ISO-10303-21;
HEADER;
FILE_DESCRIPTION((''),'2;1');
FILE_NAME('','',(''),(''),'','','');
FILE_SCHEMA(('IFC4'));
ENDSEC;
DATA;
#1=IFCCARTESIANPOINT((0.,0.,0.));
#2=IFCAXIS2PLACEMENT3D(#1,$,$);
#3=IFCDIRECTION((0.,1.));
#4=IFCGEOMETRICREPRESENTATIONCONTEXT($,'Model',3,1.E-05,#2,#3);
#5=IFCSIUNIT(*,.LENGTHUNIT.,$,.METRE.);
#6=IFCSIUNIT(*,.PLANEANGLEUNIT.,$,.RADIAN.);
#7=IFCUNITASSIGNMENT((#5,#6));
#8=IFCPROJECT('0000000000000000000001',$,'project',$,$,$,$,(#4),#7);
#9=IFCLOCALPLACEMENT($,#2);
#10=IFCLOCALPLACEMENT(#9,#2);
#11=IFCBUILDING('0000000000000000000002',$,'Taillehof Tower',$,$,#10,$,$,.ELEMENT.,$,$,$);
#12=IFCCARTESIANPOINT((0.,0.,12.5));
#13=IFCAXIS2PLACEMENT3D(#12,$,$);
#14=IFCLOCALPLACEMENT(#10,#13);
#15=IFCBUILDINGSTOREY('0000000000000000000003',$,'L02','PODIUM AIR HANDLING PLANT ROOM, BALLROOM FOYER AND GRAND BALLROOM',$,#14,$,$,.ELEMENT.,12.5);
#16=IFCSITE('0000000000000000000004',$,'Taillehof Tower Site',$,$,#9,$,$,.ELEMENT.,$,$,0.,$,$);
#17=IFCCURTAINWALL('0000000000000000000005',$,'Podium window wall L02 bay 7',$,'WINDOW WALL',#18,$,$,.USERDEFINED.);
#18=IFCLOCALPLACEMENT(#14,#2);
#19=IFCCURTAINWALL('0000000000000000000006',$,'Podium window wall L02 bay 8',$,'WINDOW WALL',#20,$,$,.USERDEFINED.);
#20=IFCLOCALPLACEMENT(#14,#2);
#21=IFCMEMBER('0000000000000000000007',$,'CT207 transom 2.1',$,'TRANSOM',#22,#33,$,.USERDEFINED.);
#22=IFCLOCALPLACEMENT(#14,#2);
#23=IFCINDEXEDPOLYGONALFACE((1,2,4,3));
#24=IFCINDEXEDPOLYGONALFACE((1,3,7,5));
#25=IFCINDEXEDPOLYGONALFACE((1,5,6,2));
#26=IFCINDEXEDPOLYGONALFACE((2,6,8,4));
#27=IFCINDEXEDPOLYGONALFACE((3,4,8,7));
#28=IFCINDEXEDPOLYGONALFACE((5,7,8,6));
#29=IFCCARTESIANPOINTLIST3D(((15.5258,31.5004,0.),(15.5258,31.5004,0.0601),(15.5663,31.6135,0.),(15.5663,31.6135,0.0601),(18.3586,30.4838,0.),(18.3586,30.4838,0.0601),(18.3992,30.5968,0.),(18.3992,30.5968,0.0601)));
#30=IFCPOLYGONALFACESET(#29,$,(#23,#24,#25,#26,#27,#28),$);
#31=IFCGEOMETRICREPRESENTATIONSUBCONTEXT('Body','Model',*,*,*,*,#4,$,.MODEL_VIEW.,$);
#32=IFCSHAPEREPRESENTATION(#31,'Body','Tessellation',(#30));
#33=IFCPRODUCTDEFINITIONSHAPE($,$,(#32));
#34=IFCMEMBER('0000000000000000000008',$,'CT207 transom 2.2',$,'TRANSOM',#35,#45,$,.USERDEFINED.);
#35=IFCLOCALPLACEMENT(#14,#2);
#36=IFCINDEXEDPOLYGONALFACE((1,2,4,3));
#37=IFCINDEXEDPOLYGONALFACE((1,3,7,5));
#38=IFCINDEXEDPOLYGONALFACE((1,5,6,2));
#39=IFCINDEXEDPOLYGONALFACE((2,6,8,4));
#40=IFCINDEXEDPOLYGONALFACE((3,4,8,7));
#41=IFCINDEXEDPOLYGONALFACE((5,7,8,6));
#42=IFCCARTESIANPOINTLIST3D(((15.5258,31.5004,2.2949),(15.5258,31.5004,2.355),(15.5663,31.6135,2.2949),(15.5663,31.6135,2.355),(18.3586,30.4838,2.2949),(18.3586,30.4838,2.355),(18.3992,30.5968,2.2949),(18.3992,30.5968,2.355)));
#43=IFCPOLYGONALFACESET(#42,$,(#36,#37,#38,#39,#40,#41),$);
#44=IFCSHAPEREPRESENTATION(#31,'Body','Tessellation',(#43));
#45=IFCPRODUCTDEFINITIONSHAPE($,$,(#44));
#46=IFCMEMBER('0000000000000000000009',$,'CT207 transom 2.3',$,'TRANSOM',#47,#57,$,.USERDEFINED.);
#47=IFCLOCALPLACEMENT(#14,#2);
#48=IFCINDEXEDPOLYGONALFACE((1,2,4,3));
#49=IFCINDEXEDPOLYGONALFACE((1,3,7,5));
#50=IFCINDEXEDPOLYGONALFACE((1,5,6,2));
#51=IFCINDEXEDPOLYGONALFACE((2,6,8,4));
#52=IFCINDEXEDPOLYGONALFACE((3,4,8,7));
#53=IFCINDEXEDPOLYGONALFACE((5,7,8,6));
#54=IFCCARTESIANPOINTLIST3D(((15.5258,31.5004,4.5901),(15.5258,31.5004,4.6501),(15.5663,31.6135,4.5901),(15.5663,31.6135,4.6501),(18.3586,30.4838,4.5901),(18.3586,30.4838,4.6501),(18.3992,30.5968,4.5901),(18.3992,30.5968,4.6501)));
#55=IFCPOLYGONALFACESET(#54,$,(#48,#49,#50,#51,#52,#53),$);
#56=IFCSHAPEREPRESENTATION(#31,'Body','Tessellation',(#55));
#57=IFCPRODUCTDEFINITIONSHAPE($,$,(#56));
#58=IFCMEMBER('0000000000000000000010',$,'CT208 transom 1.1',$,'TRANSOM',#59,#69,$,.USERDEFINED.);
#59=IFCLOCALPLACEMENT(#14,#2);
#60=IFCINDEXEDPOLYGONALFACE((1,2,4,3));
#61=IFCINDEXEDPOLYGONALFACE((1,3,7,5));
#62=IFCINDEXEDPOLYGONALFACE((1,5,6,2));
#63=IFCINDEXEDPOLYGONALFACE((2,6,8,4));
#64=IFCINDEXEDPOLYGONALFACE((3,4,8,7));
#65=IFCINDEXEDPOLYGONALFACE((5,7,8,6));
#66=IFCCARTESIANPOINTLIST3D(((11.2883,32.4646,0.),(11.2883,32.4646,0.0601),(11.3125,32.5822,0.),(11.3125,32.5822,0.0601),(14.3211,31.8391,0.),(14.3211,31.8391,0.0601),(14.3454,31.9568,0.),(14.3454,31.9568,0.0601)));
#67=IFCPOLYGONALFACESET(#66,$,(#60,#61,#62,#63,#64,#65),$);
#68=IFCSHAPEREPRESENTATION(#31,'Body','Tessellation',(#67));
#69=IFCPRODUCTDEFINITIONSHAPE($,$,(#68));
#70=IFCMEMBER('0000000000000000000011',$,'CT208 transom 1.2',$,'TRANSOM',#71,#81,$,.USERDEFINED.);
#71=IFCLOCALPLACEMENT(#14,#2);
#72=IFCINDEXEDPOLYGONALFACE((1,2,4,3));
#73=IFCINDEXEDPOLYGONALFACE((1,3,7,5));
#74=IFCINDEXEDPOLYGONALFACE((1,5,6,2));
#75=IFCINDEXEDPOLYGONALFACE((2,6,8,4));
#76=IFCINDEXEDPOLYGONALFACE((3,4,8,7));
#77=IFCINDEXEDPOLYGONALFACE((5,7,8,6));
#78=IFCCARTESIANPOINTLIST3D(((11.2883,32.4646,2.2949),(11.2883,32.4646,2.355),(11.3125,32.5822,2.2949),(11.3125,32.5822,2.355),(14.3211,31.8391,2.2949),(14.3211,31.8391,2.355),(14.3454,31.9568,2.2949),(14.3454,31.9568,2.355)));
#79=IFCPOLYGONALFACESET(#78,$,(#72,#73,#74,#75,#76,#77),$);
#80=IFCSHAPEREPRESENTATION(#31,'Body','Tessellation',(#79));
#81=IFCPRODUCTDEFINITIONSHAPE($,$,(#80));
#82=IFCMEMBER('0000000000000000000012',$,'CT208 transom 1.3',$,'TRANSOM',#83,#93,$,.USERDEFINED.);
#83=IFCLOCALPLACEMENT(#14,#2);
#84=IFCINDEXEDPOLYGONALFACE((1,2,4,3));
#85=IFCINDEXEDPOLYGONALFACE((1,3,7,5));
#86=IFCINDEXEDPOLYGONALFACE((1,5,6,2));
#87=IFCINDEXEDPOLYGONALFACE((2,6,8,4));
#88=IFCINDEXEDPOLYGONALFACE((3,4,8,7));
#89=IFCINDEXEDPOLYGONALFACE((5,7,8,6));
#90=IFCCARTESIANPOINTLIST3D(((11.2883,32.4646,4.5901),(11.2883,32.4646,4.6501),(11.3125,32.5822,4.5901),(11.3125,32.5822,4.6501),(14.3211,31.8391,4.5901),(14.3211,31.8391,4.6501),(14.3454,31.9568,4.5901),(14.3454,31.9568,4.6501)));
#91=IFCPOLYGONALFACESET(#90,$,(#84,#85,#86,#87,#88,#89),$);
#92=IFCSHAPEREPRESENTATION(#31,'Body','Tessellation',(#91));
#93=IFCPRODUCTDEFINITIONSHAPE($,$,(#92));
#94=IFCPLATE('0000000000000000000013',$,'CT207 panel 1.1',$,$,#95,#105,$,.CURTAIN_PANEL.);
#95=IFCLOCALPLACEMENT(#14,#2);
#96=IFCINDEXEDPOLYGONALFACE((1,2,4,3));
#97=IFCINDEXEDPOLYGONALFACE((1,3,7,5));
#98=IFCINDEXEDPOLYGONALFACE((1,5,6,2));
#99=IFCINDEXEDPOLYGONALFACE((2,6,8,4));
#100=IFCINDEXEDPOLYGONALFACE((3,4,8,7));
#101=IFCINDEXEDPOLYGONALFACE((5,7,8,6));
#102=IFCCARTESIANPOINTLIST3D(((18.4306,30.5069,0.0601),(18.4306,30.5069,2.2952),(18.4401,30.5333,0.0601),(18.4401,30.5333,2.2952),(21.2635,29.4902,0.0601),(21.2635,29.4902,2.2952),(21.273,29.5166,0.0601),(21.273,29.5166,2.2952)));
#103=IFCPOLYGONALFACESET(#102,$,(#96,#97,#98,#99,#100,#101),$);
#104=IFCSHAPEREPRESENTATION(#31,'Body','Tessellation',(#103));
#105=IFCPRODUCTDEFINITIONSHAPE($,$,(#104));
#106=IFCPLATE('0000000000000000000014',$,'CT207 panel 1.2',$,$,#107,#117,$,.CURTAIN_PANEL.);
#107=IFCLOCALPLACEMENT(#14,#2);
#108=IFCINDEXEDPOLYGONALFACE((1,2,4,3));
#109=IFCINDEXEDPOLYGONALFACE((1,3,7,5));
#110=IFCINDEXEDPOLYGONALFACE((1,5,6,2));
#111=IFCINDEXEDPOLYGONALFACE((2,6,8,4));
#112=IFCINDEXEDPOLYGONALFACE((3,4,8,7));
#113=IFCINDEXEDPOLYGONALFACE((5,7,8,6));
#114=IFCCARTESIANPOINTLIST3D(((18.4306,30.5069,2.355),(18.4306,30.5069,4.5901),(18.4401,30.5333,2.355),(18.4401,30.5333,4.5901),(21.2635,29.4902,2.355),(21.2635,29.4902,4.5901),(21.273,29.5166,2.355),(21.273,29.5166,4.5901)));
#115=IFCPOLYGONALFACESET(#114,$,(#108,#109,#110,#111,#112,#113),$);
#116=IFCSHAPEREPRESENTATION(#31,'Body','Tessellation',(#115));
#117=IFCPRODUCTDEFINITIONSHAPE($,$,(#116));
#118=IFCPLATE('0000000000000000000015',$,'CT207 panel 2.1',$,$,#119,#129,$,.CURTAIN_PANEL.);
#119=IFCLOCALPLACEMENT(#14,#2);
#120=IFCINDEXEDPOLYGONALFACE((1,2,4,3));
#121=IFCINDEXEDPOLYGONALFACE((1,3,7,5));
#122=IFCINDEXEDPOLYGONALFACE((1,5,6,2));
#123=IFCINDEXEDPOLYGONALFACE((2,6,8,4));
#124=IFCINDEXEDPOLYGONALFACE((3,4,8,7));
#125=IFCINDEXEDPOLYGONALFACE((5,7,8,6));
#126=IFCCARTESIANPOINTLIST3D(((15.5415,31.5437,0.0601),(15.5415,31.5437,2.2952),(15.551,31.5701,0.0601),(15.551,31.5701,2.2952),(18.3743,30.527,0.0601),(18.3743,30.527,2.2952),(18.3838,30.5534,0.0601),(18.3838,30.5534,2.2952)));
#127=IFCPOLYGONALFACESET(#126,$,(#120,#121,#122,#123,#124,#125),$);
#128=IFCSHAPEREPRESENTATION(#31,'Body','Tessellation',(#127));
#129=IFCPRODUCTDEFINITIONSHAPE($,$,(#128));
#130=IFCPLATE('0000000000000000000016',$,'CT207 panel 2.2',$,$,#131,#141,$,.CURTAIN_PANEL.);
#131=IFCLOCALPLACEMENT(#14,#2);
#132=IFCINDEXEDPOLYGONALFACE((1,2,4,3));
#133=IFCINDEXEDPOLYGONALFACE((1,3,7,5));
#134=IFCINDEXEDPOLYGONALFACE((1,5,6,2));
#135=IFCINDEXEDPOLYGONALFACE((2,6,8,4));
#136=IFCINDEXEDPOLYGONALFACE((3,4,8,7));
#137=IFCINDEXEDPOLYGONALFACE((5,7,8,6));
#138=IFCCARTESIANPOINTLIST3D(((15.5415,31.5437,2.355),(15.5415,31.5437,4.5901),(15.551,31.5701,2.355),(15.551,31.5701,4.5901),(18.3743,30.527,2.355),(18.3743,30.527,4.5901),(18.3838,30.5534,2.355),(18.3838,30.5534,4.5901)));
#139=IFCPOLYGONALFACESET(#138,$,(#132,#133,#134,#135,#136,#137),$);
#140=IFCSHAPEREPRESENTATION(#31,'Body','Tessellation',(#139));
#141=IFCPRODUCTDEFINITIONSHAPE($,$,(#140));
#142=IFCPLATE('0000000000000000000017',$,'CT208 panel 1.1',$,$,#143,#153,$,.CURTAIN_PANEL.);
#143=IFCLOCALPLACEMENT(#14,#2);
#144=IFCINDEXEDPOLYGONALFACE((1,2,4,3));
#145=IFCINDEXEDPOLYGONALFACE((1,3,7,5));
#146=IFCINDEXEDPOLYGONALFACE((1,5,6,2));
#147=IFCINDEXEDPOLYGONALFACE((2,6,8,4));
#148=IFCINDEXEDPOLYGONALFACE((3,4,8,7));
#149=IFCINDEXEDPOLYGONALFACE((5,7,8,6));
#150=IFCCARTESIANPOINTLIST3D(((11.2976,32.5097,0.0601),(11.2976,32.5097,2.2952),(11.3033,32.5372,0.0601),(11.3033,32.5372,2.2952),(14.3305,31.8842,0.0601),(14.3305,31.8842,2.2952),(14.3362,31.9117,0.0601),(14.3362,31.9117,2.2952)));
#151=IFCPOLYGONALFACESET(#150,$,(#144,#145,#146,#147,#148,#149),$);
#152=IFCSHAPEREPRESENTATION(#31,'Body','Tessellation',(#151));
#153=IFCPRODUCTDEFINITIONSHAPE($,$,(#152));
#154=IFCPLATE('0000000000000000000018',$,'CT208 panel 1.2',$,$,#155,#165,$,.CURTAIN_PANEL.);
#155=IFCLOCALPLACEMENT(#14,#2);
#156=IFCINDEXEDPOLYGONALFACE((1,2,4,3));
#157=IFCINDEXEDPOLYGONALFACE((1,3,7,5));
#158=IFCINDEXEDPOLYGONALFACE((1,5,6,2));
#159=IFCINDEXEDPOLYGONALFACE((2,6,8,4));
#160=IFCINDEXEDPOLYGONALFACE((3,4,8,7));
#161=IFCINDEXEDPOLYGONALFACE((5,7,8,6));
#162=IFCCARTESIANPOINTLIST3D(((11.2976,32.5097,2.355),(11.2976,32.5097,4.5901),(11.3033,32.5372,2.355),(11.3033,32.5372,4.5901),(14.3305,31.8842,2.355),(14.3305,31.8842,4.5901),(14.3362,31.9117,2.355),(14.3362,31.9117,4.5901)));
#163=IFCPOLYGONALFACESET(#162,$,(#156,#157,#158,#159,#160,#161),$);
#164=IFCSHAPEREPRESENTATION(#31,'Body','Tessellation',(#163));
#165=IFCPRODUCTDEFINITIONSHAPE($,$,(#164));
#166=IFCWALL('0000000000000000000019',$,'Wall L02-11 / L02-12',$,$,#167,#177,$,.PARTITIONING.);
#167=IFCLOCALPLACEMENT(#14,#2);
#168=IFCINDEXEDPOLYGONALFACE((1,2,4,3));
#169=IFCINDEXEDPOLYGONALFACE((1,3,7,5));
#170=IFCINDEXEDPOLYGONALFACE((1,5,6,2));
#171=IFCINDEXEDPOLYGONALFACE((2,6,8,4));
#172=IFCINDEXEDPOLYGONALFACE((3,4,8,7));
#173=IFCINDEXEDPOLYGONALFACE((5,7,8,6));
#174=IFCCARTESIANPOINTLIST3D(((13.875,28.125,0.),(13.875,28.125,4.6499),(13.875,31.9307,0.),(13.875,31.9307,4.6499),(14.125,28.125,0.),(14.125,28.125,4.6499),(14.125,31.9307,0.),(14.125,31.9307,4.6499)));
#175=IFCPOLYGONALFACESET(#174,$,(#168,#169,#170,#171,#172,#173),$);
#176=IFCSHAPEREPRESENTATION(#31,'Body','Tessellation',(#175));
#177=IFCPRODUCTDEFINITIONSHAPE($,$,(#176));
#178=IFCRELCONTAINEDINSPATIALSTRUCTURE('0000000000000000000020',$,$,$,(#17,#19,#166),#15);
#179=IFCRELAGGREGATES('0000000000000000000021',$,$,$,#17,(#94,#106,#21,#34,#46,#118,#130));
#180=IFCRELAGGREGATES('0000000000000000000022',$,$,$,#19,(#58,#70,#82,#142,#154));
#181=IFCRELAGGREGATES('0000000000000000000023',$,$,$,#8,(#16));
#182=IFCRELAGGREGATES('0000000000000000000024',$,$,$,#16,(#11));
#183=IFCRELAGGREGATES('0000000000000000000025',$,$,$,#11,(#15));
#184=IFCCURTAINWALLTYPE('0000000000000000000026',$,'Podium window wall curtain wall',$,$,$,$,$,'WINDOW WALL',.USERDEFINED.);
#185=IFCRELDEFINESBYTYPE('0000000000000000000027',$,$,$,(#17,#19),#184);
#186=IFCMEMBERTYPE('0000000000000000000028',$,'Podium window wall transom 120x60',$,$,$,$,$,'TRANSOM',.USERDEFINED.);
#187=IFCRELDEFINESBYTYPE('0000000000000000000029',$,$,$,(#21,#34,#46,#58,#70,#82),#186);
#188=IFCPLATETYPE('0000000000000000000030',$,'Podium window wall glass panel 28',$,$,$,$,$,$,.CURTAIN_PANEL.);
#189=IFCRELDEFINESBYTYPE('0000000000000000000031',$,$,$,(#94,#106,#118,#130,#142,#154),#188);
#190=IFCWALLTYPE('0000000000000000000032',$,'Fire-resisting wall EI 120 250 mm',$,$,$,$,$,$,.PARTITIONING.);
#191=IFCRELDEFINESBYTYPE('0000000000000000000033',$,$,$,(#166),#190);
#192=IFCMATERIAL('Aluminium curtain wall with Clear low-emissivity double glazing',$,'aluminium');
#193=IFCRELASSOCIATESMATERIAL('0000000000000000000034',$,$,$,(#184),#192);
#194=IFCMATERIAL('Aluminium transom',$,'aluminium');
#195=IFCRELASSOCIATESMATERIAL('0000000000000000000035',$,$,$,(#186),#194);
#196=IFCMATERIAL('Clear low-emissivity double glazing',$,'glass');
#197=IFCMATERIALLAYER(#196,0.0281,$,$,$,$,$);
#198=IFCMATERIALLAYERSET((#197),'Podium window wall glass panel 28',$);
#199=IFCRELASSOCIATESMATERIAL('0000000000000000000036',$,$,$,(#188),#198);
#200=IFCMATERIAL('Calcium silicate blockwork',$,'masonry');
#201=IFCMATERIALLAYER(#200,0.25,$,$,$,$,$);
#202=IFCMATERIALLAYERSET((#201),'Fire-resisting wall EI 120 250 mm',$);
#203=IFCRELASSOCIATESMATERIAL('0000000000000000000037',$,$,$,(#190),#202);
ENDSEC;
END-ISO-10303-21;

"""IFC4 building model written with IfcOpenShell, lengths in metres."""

from ifc_helpers import new_model, si_unit, direction, frame, frame_2d, origin, origin_2d, place, context, subcontext, project, spatial, rectangle, extrude, material, layer, layer_set, material_profile, profile_set, type_object, element, aggregate, save


model = new_model("IFC4")

# Units and contexts
model_context = context("Model", 3, precision=1e-05, world=origin(), true_north=direction((0.0, 1.0)))
body_context = subcontext(model_context, "Body", "Model", "MODEL_VIEW")
ifc_project = project(units=[si_unit("LENGTHUNIT", "METRE"), si_unit("PLANEANGLEUNIT", "RADIAN")], contexts=[model_context])

# Site, building, storey
site_placement = place(None, origin())
site = spatial("IfcSite", under=ifc_project, at=site_placement, Name="Taillehof Tower Site", CompositionType="ELEMENT", RefElevation=0.0)
building_placement = place(site_placement, origin())
building = spatial("IfcBuilding", under=site, at=building_placement, Name="Taillehof Tower", CompositionType="ELEMENT")
storey_placement = place(building_placement, frame((0.0, 0.0, 12.5)))
storey = spatial("IfcBuildingStorey", under=building, at=storey_placement, Name="L02", Description="PODIUM AIR HANDLING PLANT ROOM, BALLROOM FOYER AND GRAND BALLROOM", CompositionType="ELEMENT", Elevation=12.5)

# Shared definitions
ifc_material_1 = material(Name="Aluminium curtain wall with Clear low-emissivity double glazing", Category="aluminium")
curtain_wall_type = type_object("IfcCurtainWallType", Name="Podium window wall curtain wall", ElementType="WINDOW WALL", PredefinedType="USERDEFINED", material=ifc_material_1)

# Curtain wall
curtain_wall_1_placement = place(storey_placement, origin())
curtain_wall_1 = element("IfcCurtainWall", 1, at=curtain_wall_1_placement, inside=storey, type_object=curtain_wall_type, Name="Podium window wall L02 bay 7", ObjectType="WINDOW WALL", PredefinedType="USERDEFINED")

# Curtain wall
curtain_wall_2_placement = place(storey_placement, origin())
curtain_wall_2 = element("IfcCurtainWall", 2, at=curtain_wall_2_placement, inside=storey, type_object=curtain_wall_type, Name="Podium window wall L02 bay 8", ObjectType="WINDOW WALL", PredefinedType="USERDEFINED")

# Members
ifc_material_2 = material(Name="Aluminium transom", Category="aluminium")
ifc_material_profile_1 = material_profile(ifc_material_2, rectangle(XDim=0.1201, YDim=0.0601, at=origin_2d()), Name="AL 120x60")
ifc_profile_set_1 = profile_set([ifc_material_profile_1], Name="Aluminium transom")
member_type_1 = type_object("IfcMemberType", Name="Podium window wall transom 120x60", ElementType="TRANSOM", PredefinedType="USERDEFINED", material=ifc_profile_set_1)
member_1_placement = place(storey_placement, frame((18.3789, 30.5403, 0.03), z_axis=(-0.941225, 0.33778, 0.0), x_axis=(-0.33778, -0.941225, 0.0)))
member_1 = element("IfcMember", 3, at=member_1_placement, type_object=member_type_1, Name="CT207 transom 2.1", ObjectType="TRANSOM", PredefinedType="USERDEFINED", context=body_context, shape_type="SweptSolid", body=[
    extrude(rectangle(XDim=0.1201, YDim=0.0601, at=origin_2d()), origin(), (0.0, 0.0, 1.0), 3.0098),
])
member_2_placement = place(storey_placement, frame((18.3789, 30.5403, 2.325), z_axis=(-0.941225, 0.33778, 0.0), x_axis=(-0.33778, -0.941225, 0.0)))
member_2 = element("IfcMember", 4, at=member_2_placement, type_object=member_type_1, Name="CT207 transom 2.2", ObjectType="TRANSOM", PredefinedType="USERDEFINED", context=body_context, shape_type="SweptSolid", body=[
    extrude(rectangle(XDim=0.1201, YDim=0.0601, at=origin_2d()), origin(), (0.0, 0.0, 1.0), 3.0098),
])
member_3_placement = place(storey_placement, frame((18.3789, 30.5403, 4.6201), z_axis=(-0.941225, 0.33778, 0.0), x_axis=(-0.33778, -0.941225, 0.0)))
member_3 = element("IfcMember", 5, at=member_3_placement, type_object=member_type_1, Name="CT207 transom 2.3", ObjectType="TRANSOM", PredefinedType="USERDEFINED", context=body_context, shape_type="SweptSolid", body=[
    extrude(rectangle(XDim=0.1201, YDim=0.0601, at=origin_2d()), origin(), (0.0, 0.0, 1.0), 3.0098),
])
member_4_placement = place(storey_placement, frame((14.3333, 31.8979, 0.03), z_axis=(-0.97939, 0.20198, 0.0), x_axis=(-0.20198, -0.97939, 0.0)))
member_4 = element("IfcMember", 6, at=member_4_placement, type_object=member_type_1, Name="CT208 transom 1.1", ObjectType="TRANSOM", PredefinedType="USERDEFINED", context=body_context, shape_type="SweptSolid", body=[
    extrude(rectangle(XDim=0.1201, YDim=0.0601, at=origin_2d()), origin(), (0.0, 0.0, 1.0), 3.0967),
])
member_5_placement = place(storey_placement, frame((14.3333, 31.8979, 2.325), z_axis=(-0.97939, 0.20198, 0.0), x_axis=(-0.20198, -0.97939, 0.0)))
member_5 = element("IfcMember", 7, at=member_5_placement, type_object=member_type_1, Name="CT208 transom 1.2", ObjectType="TRANSOM", PredefinedType="USERDEFINED", context=body_context, shape_type="SweptSolid", body=[
    extrude(rectangle(XDim=0.1201, YDim=0.0601, at=origin_2d()), origin(), (0.0, 0.0, 1.0), 3.0967),
])
member_6_placement = place(storey_placement, frame((14.3333, 31.8979, 4.6201), z_axis=(-0.97939, 0.20198, 0.0), x_axis=(-0.20198, -0.97939, 0.0)))
member_6 = element("IfcMember", 8, at=member_6_placement, type_object=member_type_1, Name="CT208 transom 1.3", ObjectType="TRANSOM", PredefinedType="USERDEFINED", context=body_context, shape_type="SweptSolid", body=[
    extrude(rectangle(XDim=0.1201, YDim=0.0601, at=origin_2d()), origin(), (0.0, 0.0, 1.0), 3.0967),
])

# Plates
ifc_material_3 = material(Name="Clear low-emissivity double glazing", Category="glass")
ifc_layer_1 = layer(ifc_material_3, 0.0281)
ifc_layer_set_1 = layer_set([ifc_layer_1], Name="Podium window wall glass panel 28")
plate_type = type_object("IfcPlateType", Name="Podium window wall glass panel 28", PredefinedType="CURTAIN_PANEL", material=ifc_layer_set_1)
plate_1_placement = place(storey_placement, frame((19.8518, 30.0117, 0.0601), z_axis=(0.0, 0.0, 1.0), x_axis=(-0.941218, 0.337799, 0.0)))
plate_1 = element("IfcPlate", 9, at=plate_1_placement, type_object=plate_type, Name="CT207 panel 1.1", PredefinedType="CURTAIN_PANEL", context=body_context, shape_type="SweptSolid", body=[
    extrude(rectangle(XDim=3.0098, YDim=0.0281, at=origin_2d()), origin(), (0.0, 0.0, 1.0), 2.2351),
])
plate_2_placement = place(storey_placement, frame((19.8518, 30.0117, 2.355), z_axis=(0.0, 0.0, 1.0), x_axis=(-0.941218, 0.337799, 0.0)))
plate_2 = element("IfcPlate", 10, at=plate_2_placement, type_object=plate_type, Name="CT207 panel 1.2", PredefinedType="CURTAIN_PANEL", context=body_context, shape_type="SweptSolid", body=[
    extrude(rectangle(XDim=3.0098, YDim=0.0281, at=origin_2d()), origin(), (0.0, 0.0, 1.0), 2.2351),
])
plate_3_placement = place(storey_placement, frame((16.9626, 31.0486, 0.0601), z_axis=(0.0, 0.0, 1.0), x_axis=(-0.941218, 0.337799, 0.0)))
plate_3 = element("IfcPlate", 11, at=plate_3_placement, type_object=plate_type, Name="CT207 panel 2.1", PredefinedType="CURTAIN_PANEL", context=body_context, shape_type="SweptSolid", body=[
    extrude(rectangle(XDim=3.0098, YDim=0.0281, at=origin_2d()), origin(), (0.0, 0.0, 1.0), 2.2351),
])
plate_4_placement = place(storey_placement, frame((16.9626, 31.0486, 2.355), z_axis=(0.0, 0.0, 1.0), x_axis=(-0.941218, 0.337799, 0.0)))
plate_4 = element("IfcPlate", 12, at=plate_4_placement, type_object=plate_type, Name="CT207 panel 2.2", PredefinedType="CURTAIN_PANEL", context=body_context, shape_type="SweptSolid", body=[
    extrude(rectangle(XDim=3.0098, YDim=0.0281, at=origin_2d()), origin(), (0.0, 0.0, 1.0), 2.2351),
])
aggregate(curtain_wall_1, [plate_1, plate_2, member_1, member_2, member_3, plate_3, plate_4])
plate_5_placement = place(storey_placement, frame((12.8169, 32.2107, 0.0601), z_axis=(0.0, 0.0, 1.0), x_axis=(-0.97939, 0.201976, 0.0)))
plate_5 = element("IfcPlate", 13, at=plate_5_placement, type_object=plate_type, Name="CT208 panel 1.1", PredefinedType="CURTAIN_PANEL", context=body_context, shape_type="SweptSolid", body=[
    extrude(rectangle(XDim=3.0967, YDim=0.0281, at=origin_2d()), origin(), (0.0, 0.0, 1.0), 2.2351),
])
plate_6_placement = place(storey_placement, frame((12.8169, 32.2107, 2.355), z_axis=(0.0, 0.0, 1.0), x_axis=(-0.97939, 0.201976, 0.0)))
plate_6 = element("IfcPlate", 14, at=plate_6_placement, type_object=plate_type, Name="CT208 panel 1.2", PredefinedType="CURTAIN_PANEL", context=body_context, shape_type="SweptSolid", body=[
    extrude(rectangle(XDim=3.0967, YDim=0.0281, at=origin_2d()), origin(), (0.0, 0.0, 1.0), 2.2351),
])
aggregate(curtain_wall_2, [member_4, member_5, member_6, plate_5, plate_6])

# Wall
ifc_material_4 = material(Name="Calcium silicate blockwork", Category="masonry")
ifc_layer_2 = layer(ifc_material_4, 0.25)
ifc_layer_set_2 = layer_set([ifc_layer_2], Name="Fire-resisting wall EI 120 250 mm")
wall_type = type_object("IfcWallType", Name="Fire-resisting wall EI 120 250 mm", PredefinedType="PARTITIONING", material=ifc_layer_set_2)
wall_placement = place(storey_placement, frame((14.0, 28.125, 0.0), z_axis=(0.0, 0.0, 1.0), x_axis=(0.0, 1.0, 0.0)))
element("IfcWall", 15, at=wall_placement, inside=storey, type_object=wall_type, Name="Wall L02-11 / L02-12", PredefinedType="PARTITIONING", context=body_context, shape_type="SweptSolid", body=[
    extrude(rectangle(XDim=3.8057, YDim=0.25, at=frame_2d((1.9028, 0.0))), origin(), (0.0, 0.0, 1.0), 4.6499),
])

save(model, "model.ifc")
